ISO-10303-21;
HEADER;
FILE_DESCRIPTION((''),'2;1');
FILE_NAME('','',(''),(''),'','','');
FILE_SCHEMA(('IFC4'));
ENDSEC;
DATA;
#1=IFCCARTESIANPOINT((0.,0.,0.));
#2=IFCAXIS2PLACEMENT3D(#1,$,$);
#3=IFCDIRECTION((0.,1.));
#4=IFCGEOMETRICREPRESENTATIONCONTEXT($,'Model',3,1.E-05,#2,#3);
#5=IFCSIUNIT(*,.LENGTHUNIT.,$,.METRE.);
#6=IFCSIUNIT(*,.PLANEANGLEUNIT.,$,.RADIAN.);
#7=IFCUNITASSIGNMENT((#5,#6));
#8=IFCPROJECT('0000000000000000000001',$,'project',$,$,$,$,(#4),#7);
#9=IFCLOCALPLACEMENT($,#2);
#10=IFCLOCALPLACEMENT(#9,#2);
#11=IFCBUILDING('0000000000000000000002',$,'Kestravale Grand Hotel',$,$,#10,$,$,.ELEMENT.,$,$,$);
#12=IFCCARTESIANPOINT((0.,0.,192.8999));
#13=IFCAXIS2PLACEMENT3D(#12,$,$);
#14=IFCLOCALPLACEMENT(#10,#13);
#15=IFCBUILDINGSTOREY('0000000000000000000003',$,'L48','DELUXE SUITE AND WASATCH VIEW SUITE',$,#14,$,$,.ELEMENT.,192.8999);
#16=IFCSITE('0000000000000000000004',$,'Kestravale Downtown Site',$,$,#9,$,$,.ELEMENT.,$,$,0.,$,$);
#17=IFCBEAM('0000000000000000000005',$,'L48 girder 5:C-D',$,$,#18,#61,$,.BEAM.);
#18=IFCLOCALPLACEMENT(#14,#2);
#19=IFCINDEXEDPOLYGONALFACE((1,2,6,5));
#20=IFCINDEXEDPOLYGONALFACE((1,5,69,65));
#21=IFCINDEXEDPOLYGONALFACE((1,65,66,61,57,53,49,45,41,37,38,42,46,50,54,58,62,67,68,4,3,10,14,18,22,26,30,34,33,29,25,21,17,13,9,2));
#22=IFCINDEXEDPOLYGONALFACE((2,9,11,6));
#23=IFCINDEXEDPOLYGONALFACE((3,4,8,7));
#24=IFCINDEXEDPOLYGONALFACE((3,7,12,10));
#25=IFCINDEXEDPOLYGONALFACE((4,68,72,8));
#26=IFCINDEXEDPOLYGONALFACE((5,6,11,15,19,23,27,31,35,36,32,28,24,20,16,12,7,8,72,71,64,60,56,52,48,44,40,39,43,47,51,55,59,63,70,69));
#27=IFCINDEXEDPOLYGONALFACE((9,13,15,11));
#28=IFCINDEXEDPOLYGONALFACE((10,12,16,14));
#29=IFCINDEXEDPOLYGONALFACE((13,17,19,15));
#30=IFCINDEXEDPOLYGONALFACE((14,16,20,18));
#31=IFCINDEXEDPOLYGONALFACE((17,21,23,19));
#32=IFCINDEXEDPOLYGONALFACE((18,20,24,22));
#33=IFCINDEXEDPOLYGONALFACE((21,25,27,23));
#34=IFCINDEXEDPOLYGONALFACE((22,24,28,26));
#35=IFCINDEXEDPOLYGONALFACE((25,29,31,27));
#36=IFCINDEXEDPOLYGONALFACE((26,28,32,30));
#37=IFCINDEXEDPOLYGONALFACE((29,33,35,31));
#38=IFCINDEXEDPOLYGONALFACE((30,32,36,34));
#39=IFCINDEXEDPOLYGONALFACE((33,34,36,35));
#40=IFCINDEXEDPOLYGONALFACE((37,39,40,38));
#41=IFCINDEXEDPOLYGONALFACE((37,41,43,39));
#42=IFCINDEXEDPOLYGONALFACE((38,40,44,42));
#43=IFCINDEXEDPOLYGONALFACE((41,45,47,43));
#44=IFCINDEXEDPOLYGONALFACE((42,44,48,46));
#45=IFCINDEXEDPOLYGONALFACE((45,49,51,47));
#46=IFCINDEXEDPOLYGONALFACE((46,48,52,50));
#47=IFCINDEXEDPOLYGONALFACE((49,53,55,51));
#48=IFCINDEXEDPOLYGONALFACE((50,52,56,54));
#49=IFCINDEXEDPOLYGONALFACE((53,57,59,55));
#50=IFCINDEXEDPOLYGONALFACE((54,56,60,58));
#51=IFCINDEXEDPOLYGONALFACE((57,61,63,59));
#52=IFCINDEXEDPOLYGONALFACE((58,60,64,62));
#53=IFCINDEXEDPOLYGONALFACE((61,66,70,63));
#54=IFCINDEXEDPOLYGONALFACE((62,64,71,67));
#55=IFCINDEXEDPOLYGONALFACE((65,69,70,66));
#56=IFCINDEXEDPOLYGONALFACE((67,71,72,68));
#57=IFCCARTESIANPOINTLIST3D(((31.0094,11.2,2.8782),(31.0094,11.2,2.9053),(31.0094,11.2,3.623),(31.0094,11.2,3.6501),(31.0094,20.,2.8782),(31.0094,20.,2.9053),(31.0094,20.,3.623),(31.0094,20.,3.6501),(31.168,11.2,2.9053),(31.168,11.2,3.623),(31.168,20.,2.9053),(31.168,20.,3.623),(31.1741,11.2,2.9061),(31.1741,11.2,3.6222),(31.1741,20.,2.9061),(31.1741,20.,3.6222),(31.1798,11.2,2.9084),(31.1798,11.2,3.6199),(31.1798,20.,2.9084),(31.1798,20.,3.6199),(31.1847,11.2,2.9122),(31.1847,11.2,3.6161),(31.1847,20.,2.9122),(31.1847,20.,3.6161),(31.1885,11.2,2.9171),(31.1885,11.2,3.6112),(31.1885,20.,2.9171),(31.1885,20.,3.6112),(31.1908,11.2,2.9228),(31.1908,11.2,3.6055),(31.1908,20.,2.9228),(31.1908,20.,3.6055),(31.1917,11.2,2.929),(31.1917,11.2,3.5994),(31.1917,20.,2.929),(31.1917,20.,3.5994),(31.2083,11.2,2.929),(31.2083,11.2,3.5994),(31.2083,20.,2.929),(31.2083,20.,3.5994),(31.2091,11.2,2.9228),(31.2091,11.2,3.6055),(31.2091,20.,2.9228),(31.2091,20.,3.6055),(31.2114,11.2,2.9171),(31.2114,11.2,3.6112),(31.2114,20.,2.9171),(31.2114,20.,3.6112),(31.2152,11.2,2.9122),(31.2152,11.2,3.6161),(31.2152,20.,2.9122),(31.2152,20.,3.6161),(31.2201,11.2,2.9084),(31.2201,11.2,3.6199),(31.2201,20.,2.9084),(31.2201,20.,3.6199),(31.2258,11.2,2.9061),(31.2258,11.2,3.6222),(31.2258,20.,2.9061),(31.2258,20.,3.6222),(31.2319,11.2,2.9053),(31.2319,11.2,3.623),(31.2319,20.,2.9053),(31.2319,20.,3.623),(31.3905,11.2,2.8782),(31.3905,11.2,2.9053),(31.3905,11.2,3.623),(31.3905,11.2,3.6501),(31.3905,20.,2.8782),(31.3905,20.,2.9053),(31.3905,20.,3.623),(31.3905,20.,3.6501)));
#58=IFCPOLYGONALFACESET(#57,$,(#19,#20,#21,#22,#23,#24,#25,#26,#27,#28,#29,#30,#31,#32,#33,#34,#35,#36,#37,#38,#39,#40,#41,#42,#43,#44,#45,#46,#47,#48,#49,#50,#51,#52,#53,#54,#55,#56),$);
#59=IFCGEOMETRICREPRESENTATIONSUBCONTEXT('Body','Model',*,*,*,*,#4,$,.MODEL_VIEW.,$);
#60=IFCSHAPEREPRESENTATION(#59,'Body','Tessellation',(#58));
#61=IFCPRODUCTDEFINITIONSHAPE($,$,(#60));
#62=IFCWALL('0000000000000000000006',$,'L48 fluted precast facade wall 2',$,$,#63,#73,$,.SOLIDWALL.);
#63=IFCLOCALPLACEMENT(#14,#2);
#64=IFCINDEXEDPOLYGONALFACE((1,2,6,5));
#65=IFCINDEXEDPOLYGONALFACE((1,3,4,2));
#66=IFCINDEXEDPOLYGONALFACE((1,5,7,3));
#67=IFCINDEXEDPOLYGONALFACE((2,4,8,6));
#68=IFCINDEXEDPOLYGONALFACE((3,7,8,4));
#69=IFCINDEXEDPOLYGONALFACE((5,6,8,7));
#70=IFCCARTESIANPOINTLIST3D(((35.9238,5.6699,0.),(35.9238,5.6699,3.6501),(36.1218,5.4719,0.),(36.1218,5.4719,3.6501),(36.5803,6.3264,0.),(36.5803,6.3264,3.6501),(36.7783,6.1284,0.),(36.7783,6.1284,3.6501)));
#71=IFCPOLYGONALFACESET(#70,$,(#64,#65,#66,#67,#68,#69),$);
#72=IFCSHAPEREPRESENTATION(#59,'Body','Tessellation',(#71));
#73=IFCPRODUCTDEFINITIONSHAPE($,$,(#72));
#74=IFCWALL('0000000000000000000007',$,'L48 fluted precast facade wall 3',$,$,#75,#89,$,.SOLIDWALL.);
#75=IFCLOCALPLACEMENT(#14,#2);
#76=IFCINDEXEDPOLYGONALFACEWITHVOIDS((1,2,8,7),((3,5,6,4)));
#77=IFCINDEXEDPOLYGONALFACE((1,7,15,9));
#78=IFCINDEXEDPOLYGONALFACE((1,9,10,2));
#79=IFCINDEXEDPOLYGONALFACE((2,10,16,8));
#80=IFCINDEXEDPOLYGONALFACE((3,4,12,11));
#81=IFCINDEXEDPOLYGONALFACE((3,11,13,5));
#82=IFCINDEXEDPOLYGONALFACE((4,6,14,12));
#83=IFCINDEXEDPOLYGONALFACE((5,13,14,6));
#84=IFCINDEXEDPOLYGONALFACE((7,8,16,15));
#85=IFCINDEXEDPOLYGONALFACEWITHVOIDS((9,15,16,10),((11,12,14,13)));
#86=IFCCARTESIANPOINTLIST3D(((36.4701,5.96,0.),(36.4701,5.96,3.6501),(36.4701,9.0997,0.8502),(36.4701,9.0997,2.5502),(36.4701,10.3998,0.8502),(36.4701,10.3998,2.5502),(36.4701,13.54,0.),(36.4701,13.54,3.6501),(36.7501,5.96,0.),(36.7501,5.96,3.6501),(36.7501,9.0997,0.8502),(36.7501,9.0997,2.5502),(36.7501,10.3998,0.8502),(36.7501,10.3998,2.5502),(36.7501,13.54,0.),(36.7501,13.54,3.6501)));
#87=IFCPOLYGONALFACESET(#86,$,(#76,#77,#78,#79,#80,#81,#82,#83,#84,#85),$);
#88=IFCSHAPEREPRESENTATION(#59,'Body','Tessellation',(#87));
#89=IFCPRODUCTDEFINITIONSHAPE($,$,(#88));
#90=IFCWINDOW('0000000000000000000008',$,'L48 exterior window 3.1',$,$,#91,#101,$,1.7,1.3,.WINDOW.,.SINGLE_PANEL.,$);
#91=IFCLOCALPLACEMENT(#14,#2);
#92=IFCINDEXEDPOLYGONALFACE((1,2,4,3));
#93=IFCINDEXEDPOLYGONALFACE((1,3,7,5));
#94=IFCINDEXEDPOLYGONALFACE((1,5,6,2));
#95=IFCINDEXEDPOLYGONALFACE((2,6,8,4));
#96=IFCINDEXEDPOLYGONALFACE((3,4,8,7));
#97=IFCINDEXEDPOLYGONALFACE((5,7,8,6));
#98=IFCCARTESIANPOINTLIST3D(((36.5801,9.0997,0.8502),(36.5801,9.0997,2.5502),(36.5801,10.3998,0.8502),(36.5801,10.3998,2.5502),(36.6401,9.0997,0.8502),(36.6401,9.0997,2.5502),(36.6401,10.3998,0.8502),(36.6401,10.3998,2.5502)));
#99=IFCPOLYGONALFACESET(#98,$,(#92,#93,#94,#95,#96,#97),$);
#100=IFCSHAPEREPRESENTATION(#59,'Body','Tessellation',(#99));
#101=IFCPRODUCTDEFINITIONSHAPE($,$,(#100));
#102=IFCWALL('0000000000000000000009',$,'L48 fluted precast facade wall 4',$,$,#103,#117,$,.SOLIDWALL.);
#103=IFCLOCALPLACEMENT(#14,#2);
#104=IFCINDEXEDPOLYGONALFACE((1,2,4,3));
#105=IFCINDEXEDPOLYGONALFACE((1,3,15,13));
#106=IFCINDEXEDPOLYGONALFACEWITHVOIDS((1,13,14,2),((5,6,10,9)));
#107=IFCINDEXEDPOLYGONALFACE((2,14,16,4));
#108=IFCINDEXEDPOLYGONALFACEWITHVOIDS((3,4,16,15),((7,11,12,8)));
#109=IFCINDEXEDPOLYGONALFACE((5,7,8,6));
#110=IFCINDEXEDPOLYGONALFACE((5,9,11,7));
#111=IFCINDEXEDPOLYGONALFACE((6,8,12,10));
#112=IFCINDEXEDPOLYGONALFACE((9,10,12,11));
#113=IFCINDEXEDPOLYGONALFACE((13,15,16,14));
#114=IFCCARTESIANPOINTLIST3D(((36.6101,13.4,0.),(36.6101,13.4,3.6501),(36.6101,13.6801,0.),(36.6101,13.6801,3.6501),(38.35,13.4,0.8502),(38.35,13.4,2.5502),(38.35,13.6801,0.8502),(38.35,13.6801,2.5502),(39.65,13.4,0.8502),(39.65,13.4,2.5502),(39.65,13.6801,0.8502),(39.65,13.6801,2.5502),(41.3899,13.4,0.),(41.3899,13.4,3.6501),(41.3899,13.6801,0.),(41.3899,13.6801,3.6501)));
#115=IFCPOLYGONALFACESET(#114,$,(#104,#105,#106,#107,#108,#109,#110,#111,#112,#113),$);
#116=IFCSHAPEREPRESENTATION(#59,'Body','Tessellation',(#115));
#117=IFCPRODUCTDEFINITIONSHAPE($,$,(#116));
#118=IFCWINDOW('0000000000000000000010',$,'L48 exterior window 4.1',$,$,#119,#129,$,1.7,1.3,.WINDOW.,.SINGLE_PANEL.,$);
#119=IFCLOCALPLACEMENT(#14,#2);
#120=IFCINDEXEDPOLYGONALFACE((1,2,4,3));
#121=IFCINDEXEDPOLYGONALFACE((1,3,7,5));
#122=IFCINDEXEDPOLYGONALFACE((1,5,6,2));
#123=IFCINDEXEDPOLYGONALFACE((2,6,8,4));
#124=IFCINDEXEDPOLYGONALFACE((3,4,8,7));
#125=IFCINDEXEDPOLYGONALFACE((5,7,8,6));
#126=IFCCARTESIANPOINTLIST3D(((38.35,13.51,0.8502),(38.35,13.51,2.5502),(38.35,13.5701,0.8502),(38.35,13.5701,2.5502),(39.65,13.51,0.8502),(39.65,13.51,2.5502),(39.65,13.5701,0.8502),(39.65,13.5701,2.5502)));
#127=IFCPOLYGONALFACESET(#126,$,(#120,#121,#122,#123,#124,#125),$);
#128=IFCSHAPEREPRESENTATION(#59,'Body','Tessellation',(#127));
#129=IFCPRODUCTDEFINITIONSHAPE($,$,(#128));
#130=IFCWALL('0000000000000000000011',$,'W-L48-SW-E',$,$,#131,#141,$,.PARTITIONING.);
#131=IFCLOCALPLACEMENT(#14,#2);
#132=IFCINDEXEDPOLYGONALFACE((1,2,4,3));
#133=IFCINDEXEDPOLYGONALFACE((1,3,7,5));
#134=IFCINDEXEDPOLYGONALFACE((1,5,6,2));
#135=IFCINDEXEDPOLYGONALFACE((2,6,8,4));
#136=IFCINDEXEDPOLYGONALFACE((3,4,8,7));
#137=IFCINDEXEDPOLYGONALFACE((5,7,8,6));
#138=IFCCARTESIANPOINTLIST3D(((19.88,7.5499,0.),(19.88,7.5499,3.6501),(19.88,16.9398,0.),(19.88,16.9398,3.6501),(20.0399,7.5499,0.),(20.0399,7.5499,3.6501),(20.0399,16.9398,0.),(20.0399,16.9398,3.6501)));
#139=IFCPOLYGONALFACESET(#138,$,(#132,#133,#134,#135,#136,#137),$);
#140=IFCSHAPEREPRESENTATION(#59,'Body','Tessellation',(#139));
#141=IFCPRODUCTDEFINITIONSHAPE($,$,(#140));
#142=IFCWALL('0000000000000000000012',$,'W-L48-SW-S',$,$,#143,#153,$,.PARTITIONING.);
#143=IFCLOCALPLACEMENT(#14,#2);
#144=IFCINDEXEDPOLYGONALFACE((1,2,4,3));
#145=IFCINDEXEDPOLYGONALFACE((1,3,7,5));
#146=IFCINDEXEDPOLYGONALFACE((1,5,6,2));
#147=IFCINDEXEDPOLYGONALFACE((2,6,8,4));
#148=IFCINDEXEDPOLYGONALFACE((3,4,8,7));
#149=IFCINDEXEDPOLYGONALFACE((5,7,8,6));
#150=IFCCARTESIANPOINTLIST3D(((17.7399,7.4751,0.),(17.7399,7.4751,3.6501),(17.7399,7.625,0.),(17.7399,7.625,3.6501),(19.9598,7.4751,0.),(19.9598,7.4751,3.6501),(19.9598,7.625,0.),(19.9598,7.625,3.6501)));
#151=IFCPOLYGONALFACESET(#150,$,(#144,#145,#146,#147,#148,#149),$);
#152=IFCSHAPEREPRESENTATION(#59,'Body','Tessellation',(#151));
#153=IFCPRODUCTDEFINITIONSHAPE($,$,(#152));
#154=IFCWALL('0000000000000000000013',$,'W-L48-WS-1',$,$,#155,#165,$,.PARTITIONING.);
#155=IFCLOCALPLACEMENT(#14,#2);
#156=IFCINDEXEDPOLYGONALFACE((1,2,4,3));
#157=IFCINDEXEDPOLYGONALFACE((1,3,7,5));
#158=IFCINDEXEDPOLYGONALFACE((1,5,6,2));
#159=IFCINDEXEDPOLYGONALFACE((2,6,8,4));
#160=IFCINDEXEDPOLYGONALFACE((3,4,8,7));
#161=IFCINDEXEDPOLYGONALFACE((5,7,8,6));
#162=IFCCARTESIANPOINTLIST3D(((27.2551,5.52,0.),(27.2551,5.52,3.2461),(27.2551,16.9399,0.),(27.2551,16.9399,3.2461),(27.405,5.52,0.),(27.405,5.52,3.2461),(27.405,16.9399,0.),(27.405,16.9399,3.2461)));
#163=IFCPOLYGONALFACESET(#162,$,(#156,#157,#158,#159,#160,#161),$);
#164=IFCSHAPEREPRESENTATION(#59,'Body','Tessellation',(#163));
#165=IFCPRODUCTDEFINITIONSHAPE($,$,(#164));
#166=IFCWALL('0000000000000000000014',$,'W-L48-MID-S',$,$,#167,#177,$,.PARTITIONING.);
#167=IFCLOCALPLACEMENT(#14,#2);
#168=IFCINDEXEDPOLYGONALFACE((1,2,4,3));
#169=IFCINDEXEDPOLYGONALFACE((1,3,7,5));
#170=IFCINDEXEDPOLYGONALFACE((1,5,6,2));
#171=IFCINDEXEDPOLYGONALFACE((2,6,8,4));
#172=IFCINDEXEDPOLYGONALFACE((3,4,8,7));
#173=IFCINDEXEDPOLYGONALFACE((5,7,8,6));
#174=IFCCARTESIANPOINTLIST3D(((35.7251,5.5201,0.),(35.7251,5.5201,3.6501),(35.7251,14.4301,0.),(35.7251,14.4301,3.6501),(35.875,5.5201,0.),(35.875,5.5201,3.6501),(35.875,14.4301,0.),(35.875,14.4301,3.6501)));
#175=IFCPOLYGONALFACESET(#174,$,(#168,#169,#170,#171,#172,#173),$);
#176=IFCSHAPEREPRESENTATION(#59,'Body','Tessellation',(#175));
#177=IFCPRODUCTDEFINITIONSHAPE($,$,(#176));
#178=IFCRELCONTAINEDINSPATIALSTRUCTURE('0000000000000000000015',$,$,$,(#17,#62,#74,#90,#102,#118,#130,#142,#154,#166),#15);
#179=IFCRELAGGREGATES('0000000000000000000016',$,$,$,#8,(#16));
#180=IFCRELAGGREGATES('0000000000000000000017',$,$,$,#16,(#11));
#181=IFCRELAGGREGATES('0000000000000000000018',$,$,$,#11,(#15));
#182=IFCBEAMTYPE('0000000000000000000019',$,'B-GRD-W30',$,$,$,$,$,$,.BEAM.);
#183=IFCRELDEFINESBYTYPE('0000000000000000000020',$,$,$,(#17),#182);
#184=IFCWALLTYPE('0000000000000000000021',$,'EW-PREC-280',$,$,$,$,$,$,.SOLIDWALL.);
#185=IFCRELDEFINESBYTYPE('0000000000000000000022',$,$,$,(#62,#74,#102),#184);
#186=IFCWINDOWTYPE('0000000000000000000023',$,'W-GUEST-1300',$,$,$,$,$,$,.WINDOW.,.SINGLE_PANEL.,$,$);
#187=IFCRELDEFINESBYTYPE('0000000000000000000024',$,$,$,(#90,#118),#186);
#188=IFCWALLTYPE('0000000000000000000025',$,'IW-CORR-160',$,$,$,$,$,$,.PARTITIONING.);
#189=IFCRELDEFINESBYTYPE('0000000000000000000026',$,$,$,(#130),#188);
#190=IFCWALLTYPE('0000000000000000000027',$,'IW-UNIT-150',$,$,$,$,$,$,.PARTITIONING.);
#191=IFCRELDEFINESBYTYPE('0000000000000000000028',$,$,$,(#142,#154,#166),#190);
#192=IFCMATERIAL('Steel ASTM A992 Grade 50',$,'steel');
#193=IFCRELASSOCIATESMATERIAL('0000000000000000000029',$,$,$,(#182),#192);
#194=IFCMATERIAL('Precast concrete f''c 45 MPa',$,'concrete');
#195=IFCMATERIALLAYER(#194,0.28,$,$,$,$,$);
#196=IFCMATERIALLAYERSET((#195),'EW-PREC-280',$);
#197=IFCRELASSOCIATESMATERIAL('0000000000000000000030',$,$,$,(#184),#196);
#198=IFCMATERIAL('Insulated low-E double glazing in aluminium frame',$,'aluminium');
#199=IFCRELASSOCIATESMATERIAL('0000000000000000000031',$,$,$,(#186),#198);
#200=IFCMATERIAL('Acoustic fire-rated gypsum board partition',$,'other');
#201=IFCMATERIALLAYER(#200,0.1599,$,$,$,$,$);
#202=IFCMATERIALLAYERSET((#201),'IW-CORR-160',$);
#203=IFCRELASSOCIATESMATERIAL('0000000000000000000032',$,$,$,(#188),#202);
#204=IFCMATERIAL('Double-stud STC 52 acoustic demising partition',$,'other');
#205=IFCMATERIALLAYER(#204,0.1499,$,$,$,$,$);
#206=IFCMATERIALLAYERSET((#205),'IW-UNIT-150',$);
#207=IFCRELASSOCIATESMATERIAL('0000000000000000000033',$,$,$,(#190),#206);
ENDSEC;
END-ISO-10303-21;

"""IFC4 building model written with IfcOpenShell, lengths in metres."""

from ifc_helpers import new_model, si_unit, direction, frame, frame_2d, origin, origin_2d, place, context, subcontext, project, spatial, rectangle, i_section, extrude, material, layer, layer_set, material_profile, profile_set, type_object, element, fill, save


model = new_model("IFC4")

# Units and contexts
model_context = context("Model", 3, precision=1e-05, world=origin(), true_north=direction((0.0, 1.0)))
body_context = subcontext(model_context, "Body", "Model", "MODEL_VIEW")
ifc_project = project(units=[si_unit("LENGTHUNIT", "METRE"), si_unit("PLANEANGLEUNIT", "RADIAN")], contexts=[model_context])

# Site, building, storey
site_placement = place(None, origin())
site = spatial("IfcSite", under=ifc_project, at=site_placement, Name="Kestravale Downtown Site", CompositionType="ELEMENT", RefElevation=0.0)
building_placement = place(site_placement, origin())
building = spatial("IfcBuilding", under=site, at=building_placement, Name="Kestravale Grand Hotel", CompositionType="ELEMENT")
storey_placement = place(building_placement, frame((0.0, 0.0, 192.8999)))
storey = spatial("IfcBuildingStorey", under=building, at=storey_placement, Name="L48", Description="DELUXE SUITE AND WASATCH VIEW SUITE", CompositionType="ELEMENT", Elevation=192.8999)

# Beam
ifc_material_1 = material(Name="Steel ASTM A992 Grade 50", Category="steel")
ifc_material_profile_1 = material_profile(ifc_material_1, i_section(OverallWidth=0.3811, OverallDepth=0.772, WebThickness=0.0166, FlangeThickness=0.0271, FilletRadius=0.0237, at=origin_2d()))
ifc_profile_set_1 = profile_set([ifc_material_profile_1], Name="Steel ASTM A992 Grade 50")
beam_type_1 = type_object("IfcBeamType", Name="B-GRD-W30", PredefinedType="BEAM", material=ifc_profile_set_1)
for number, where, z_axis, x_axis, name in (
    (1, (31.2, 11.2, 3.2642), (0.0, 1.0, 0.0), (-1.0, 0.0, 0.0), "L48 girder 5:C-D"),
):
    element("IfcBeam", number, at=place(storey_placement, frame(where, z_axis=z_axis, x_axis=x_axis)), inside=storey, type_object=beam_type_1, Name=name, PredefinedType="BEAM", context=body_context, shape_type="SweptSolid", body=[
        extrude(i_section(OverallWidth=0.3811, OverallDepth=0.772, WebThickness=0.0166, FlangeThickness=0.0271, FilletRadius=0.0237, at=origin_2d()), origin(), (0.0, 0.0, 1.0), 8.8),
    ])

# Wall
ifc_material_2 = material(Name="Precast concrete f'c 45 MPa", Category="concrete")
ifc_layer_1 = layer(ifc_material_2, 0.28)
ifc_layer_set_1 = layer_set([ifc_layer_1], Name="EW-PREC-280")
wall_type_1 = type_object("IfcWallType", Name="EW-PREC-280", PredefinedType="SOLIDWALL", material=ifc_layer_set_1)
wall_1_placement = place(storey_placement, frame((36.0227, 5.5708, 0.0), z_axis=(0.0, 0.0, 1.0), x_axis=(0.707107, 0.707107, 0.0)))
element("IfcWall", 2, at=wall_1_placement, inside=storey, type_object=wall_type_1, Name="L48 fluted precast facade wall 2", PredefinedType="SOLIDWALL", context=body_context, shape_type="SweptSolid", body=[
    extrude(rectangle(XDim=0.9285, YDim=0.28, at=frame_2d((0.4644, 0.0))), origin(), (0.0, 0.0, 1.0), 3.6501),
])

# Walls, openings, windows
wall_2_placement = place(storey_placement, frame((36.6101, 5.96, 0.0), z_axis=(0.0, 0.0, 1.0), x_axis=(0.0, 1.0, 0.0)))
wall_2 = element("IfcWall", 3, at=wall_2_placement, inside=storey, type_object=wall_type_1, Name="L48 fluted precast facade wall 3", PredefinedType="SOLIDWALL", context=body_context, shape_type="SweptSolid", body=[
    extrude(rectangle(XDim=7.5801, YDim=0.28, at=frame_2d((3.79, 0.0))), origin(), (0.0, 0.0, 1.0), 3.6501),
])
opening_1_placement = place(wall_2_placement, frame((3.1399, 0.0, 0.8501)))
opening_1 = element("IfcOpeningElement", 4, at=opening_1_placement, cuts=wall_2, PredefinedType="OPENING", context=body_context, shape_type="SweptSolid", body=[
    extrude(rectangle(XDim=1.3, YDim=1.7, at=frame_2d((0.6499, 0.8501))), frame((0.0, 0.1499, 0.0), z_axis=(0.0, -1.0, 0.0), x_axis=(1.0, 0.0, 0.0)), (0.0, 0.0, 1.0), 0.3),
])
ifc_material_3 = material(Name="Insulated low-E double glazing in aluminium frame", Category="aluminium")
window_type = type_object("IfcWindowType", Name="W-GUEST-1300", PartitioningType="SINGLE_PANEL", PredefinedType="WINDOW", material=ifc_material_3)
window_1_placement = place(opening_1_placement, origin())
window_1 = element("IfcWindow", 5, at=window_1_placement, inside=storey, type_object=window_type, Name="L48 exterior window 3.1", OverallHeight=1.7, OverallWidth=1.3, PartitioningType="SINGLE_PANEL", PredefinedType="WINDOW", context=body_context, shape_type="SweptSolid", body=[
    extrude(rectangle(XDim=1.3, YDim=1.7, at=frame_2d((0.6499, 0.8501))), frame((0.0, 0.03, 0.0), z_axis=(0.0, -1.0, 0.0), x_axis=(1.0, 0.0, 0.0)), (0.0, 0.0, 1.0), 0.0601),
])
fill(opening_1, window_1)
wall_3_placement = place(storey_placement, frame((36.6101, 13.54, 0.0), z_axis=(0.0, 0.0, 1.0), x_axis=(1.0, 0.0, 0.0)))
wall_3 = element("IfcWall", 6, at=wall_3_placement, inside=storey, type_object=wall_type_1, Name="L48 fluted precast facade wall 4", PredefinedType="SOLIDWALL", context=body_context, shape_type="SweptSolid", body=[
    extrude(rectangle(XDim=4.7798, YDim=0.28, at=frame_2d((2.3899, 0.0))), origin(), (0.0, 0.0, 1.0), 3.6501),
])
opening_2_placement = place(wall_3_placement, frame((1.74, 0.0, 0.8501)))
opening_2 = element("IfcOpeningElement", 7, at=opening_2_placement, cuts=wall_3, PredefinedType="OPENING", context=body_context, shape_type="SweptSolid", body=[
    extrude(rectangle(XDim=1.3, YDim=1.7, at=frame_2d((0.6499, 0.8501))), frame((0.0, 0.1499, 0.0), z_axis=(0.0, -1.0, 0.0), x_axis=(1.0, 0.0, 0.0)), (0.0, 0.0, 1.0), 0.3),
])
window_2_placement = place(opening_2_placement, origin())
window_2 = element("IfcWindow", 8, at=window_2_placement, inside=storey, type_object=window_type, Name="L48 exterior window 4.1", OverallHeight=1.7, OverallWidth=1.3, PartitioningType="SINGLE_PANEL", PredefinedType="WINDOW", context=body_context, shape_type="SweptSolid", body=[
    extrude(rectangle(XDim=1.3, YDim=1.7, at=frame_2d((0.6499, 0.8501))), frame((0.0, 0.03, 0.0), z_axis=(0.0, -1.0, 0.0), x_axis=(1.0, 0.0, 0.0)), (0.0, 0.0, 1.0), 0.0601),
])
fill(opening_2, window_2)

# Walls
ifc_material_4 = material(Name="Acoustic fire-rated gypsum board partition", Category="other")
ifc_layer_2 = layer(ifc_material_4, 0.1599)
ifc_layer_set_2 = layer_set([ifc_layer_2], Name="IW-CORR-160")
wall_type_2 = type_object("IfcWallType", Name="IW-CORR-160", PredefinedType="PARTITIONING", material=ifc_layer_set_2)
wall_4_placement = place(storey_placement, frame((19.96, 7.55, 0.0), z_axis=(0.0, 0.0, 1.0), x_axis=(0.0, 1.0, 0.0)))
element("IfcWall", 9, at=wall_4_placement, inside=storey, type_object=wall_type_2, Name="W-L48-SW-E", PredefinedType="PARTITIONING", context=body_context, shape_type="SweptSolid", body=[
    extrude(rectangle(XDim=9.3899, YDim=0.1599, at=frame_2d((4.6948, 0.0))), origin(), (0.0, 0.0, 1.0), 3.6501),
])
ifc_material_5 = material(Name="Double-stud STC 52 acoustic demising partition", Category="other")
ifc_layer_3 = layer(ifc_material_5, 0.1499)
ifc_layer_set_3 = layer_set([ifc_layer_3], Name="IW-UNIT-150")
wall_type_3 = type_object("IfcWallType", Name="IW-UNIT-150", PredefinedType="PARTITIONING", material=ifc_layer_set_3)
wall_5_placement = place(storey_placement, frame((17.74, 7.55, 0.0), z_axis=(0.0, 0.0, 1.0), x_axis=(1.0, 0.0, 0.0)))
element("IfcWall", 10, at=wall_5_placement, inside=storey, type_object=wall_type_3, Name="W-L48-SW-S", PredefinedType="PARTITIONING", context=body_context, shape_type="SweptSolid", body=[
    extrude(rectangle(XDim=2.22, YDim=0.1499, at=frame_2d((1.1099, 0.0))), origin(), (0.0, 0.0, 1.0), 3.6501),
])
wall_6_placement = place(storey_placement, frame((27.3301, 5.52, 0.0), z_axis=(0.0, 0.0, 1.0), x_axis=(0.0, 1.0, 0.0)))
element("IfcWall", 11, at=wall_6_placement, inside=storey, type_object=wall_type_3, Name="W-L48-WS-1", PredefinedType="PARTITIONING", context=body_context, shape_type="SweptSolid", body=[
    extrude(rectangle(XDim=11.4199, YDim=0.1499, at=frame_2d((5.71, 0.0))), origin(), (0.0, 0.0, 1.0), 3.2461),
])
wall_7_placement = place(storey_placement, frame((35.8, 5.52, 0.0), z_axis=(0.0, 0.0, 1.0), x_axis=(0.0, 1.0, 0.0)))
element("IfcWall", 12, at=wall_7_placement, inside=storey, type_object=wall_type_3, Name="W-L48-MID-S", PredefinedType="PARTITIONING", context=body_context, shape_type="SweptSolid", body=[
    extrude(rectangle(XDim=8.9099, YDim=0.1499, at=frame_2d((4.4551, 0.0))), origin(), (0.0, 0.0, 1.0), 3.6501),
])

save(model, "model.ifc")
